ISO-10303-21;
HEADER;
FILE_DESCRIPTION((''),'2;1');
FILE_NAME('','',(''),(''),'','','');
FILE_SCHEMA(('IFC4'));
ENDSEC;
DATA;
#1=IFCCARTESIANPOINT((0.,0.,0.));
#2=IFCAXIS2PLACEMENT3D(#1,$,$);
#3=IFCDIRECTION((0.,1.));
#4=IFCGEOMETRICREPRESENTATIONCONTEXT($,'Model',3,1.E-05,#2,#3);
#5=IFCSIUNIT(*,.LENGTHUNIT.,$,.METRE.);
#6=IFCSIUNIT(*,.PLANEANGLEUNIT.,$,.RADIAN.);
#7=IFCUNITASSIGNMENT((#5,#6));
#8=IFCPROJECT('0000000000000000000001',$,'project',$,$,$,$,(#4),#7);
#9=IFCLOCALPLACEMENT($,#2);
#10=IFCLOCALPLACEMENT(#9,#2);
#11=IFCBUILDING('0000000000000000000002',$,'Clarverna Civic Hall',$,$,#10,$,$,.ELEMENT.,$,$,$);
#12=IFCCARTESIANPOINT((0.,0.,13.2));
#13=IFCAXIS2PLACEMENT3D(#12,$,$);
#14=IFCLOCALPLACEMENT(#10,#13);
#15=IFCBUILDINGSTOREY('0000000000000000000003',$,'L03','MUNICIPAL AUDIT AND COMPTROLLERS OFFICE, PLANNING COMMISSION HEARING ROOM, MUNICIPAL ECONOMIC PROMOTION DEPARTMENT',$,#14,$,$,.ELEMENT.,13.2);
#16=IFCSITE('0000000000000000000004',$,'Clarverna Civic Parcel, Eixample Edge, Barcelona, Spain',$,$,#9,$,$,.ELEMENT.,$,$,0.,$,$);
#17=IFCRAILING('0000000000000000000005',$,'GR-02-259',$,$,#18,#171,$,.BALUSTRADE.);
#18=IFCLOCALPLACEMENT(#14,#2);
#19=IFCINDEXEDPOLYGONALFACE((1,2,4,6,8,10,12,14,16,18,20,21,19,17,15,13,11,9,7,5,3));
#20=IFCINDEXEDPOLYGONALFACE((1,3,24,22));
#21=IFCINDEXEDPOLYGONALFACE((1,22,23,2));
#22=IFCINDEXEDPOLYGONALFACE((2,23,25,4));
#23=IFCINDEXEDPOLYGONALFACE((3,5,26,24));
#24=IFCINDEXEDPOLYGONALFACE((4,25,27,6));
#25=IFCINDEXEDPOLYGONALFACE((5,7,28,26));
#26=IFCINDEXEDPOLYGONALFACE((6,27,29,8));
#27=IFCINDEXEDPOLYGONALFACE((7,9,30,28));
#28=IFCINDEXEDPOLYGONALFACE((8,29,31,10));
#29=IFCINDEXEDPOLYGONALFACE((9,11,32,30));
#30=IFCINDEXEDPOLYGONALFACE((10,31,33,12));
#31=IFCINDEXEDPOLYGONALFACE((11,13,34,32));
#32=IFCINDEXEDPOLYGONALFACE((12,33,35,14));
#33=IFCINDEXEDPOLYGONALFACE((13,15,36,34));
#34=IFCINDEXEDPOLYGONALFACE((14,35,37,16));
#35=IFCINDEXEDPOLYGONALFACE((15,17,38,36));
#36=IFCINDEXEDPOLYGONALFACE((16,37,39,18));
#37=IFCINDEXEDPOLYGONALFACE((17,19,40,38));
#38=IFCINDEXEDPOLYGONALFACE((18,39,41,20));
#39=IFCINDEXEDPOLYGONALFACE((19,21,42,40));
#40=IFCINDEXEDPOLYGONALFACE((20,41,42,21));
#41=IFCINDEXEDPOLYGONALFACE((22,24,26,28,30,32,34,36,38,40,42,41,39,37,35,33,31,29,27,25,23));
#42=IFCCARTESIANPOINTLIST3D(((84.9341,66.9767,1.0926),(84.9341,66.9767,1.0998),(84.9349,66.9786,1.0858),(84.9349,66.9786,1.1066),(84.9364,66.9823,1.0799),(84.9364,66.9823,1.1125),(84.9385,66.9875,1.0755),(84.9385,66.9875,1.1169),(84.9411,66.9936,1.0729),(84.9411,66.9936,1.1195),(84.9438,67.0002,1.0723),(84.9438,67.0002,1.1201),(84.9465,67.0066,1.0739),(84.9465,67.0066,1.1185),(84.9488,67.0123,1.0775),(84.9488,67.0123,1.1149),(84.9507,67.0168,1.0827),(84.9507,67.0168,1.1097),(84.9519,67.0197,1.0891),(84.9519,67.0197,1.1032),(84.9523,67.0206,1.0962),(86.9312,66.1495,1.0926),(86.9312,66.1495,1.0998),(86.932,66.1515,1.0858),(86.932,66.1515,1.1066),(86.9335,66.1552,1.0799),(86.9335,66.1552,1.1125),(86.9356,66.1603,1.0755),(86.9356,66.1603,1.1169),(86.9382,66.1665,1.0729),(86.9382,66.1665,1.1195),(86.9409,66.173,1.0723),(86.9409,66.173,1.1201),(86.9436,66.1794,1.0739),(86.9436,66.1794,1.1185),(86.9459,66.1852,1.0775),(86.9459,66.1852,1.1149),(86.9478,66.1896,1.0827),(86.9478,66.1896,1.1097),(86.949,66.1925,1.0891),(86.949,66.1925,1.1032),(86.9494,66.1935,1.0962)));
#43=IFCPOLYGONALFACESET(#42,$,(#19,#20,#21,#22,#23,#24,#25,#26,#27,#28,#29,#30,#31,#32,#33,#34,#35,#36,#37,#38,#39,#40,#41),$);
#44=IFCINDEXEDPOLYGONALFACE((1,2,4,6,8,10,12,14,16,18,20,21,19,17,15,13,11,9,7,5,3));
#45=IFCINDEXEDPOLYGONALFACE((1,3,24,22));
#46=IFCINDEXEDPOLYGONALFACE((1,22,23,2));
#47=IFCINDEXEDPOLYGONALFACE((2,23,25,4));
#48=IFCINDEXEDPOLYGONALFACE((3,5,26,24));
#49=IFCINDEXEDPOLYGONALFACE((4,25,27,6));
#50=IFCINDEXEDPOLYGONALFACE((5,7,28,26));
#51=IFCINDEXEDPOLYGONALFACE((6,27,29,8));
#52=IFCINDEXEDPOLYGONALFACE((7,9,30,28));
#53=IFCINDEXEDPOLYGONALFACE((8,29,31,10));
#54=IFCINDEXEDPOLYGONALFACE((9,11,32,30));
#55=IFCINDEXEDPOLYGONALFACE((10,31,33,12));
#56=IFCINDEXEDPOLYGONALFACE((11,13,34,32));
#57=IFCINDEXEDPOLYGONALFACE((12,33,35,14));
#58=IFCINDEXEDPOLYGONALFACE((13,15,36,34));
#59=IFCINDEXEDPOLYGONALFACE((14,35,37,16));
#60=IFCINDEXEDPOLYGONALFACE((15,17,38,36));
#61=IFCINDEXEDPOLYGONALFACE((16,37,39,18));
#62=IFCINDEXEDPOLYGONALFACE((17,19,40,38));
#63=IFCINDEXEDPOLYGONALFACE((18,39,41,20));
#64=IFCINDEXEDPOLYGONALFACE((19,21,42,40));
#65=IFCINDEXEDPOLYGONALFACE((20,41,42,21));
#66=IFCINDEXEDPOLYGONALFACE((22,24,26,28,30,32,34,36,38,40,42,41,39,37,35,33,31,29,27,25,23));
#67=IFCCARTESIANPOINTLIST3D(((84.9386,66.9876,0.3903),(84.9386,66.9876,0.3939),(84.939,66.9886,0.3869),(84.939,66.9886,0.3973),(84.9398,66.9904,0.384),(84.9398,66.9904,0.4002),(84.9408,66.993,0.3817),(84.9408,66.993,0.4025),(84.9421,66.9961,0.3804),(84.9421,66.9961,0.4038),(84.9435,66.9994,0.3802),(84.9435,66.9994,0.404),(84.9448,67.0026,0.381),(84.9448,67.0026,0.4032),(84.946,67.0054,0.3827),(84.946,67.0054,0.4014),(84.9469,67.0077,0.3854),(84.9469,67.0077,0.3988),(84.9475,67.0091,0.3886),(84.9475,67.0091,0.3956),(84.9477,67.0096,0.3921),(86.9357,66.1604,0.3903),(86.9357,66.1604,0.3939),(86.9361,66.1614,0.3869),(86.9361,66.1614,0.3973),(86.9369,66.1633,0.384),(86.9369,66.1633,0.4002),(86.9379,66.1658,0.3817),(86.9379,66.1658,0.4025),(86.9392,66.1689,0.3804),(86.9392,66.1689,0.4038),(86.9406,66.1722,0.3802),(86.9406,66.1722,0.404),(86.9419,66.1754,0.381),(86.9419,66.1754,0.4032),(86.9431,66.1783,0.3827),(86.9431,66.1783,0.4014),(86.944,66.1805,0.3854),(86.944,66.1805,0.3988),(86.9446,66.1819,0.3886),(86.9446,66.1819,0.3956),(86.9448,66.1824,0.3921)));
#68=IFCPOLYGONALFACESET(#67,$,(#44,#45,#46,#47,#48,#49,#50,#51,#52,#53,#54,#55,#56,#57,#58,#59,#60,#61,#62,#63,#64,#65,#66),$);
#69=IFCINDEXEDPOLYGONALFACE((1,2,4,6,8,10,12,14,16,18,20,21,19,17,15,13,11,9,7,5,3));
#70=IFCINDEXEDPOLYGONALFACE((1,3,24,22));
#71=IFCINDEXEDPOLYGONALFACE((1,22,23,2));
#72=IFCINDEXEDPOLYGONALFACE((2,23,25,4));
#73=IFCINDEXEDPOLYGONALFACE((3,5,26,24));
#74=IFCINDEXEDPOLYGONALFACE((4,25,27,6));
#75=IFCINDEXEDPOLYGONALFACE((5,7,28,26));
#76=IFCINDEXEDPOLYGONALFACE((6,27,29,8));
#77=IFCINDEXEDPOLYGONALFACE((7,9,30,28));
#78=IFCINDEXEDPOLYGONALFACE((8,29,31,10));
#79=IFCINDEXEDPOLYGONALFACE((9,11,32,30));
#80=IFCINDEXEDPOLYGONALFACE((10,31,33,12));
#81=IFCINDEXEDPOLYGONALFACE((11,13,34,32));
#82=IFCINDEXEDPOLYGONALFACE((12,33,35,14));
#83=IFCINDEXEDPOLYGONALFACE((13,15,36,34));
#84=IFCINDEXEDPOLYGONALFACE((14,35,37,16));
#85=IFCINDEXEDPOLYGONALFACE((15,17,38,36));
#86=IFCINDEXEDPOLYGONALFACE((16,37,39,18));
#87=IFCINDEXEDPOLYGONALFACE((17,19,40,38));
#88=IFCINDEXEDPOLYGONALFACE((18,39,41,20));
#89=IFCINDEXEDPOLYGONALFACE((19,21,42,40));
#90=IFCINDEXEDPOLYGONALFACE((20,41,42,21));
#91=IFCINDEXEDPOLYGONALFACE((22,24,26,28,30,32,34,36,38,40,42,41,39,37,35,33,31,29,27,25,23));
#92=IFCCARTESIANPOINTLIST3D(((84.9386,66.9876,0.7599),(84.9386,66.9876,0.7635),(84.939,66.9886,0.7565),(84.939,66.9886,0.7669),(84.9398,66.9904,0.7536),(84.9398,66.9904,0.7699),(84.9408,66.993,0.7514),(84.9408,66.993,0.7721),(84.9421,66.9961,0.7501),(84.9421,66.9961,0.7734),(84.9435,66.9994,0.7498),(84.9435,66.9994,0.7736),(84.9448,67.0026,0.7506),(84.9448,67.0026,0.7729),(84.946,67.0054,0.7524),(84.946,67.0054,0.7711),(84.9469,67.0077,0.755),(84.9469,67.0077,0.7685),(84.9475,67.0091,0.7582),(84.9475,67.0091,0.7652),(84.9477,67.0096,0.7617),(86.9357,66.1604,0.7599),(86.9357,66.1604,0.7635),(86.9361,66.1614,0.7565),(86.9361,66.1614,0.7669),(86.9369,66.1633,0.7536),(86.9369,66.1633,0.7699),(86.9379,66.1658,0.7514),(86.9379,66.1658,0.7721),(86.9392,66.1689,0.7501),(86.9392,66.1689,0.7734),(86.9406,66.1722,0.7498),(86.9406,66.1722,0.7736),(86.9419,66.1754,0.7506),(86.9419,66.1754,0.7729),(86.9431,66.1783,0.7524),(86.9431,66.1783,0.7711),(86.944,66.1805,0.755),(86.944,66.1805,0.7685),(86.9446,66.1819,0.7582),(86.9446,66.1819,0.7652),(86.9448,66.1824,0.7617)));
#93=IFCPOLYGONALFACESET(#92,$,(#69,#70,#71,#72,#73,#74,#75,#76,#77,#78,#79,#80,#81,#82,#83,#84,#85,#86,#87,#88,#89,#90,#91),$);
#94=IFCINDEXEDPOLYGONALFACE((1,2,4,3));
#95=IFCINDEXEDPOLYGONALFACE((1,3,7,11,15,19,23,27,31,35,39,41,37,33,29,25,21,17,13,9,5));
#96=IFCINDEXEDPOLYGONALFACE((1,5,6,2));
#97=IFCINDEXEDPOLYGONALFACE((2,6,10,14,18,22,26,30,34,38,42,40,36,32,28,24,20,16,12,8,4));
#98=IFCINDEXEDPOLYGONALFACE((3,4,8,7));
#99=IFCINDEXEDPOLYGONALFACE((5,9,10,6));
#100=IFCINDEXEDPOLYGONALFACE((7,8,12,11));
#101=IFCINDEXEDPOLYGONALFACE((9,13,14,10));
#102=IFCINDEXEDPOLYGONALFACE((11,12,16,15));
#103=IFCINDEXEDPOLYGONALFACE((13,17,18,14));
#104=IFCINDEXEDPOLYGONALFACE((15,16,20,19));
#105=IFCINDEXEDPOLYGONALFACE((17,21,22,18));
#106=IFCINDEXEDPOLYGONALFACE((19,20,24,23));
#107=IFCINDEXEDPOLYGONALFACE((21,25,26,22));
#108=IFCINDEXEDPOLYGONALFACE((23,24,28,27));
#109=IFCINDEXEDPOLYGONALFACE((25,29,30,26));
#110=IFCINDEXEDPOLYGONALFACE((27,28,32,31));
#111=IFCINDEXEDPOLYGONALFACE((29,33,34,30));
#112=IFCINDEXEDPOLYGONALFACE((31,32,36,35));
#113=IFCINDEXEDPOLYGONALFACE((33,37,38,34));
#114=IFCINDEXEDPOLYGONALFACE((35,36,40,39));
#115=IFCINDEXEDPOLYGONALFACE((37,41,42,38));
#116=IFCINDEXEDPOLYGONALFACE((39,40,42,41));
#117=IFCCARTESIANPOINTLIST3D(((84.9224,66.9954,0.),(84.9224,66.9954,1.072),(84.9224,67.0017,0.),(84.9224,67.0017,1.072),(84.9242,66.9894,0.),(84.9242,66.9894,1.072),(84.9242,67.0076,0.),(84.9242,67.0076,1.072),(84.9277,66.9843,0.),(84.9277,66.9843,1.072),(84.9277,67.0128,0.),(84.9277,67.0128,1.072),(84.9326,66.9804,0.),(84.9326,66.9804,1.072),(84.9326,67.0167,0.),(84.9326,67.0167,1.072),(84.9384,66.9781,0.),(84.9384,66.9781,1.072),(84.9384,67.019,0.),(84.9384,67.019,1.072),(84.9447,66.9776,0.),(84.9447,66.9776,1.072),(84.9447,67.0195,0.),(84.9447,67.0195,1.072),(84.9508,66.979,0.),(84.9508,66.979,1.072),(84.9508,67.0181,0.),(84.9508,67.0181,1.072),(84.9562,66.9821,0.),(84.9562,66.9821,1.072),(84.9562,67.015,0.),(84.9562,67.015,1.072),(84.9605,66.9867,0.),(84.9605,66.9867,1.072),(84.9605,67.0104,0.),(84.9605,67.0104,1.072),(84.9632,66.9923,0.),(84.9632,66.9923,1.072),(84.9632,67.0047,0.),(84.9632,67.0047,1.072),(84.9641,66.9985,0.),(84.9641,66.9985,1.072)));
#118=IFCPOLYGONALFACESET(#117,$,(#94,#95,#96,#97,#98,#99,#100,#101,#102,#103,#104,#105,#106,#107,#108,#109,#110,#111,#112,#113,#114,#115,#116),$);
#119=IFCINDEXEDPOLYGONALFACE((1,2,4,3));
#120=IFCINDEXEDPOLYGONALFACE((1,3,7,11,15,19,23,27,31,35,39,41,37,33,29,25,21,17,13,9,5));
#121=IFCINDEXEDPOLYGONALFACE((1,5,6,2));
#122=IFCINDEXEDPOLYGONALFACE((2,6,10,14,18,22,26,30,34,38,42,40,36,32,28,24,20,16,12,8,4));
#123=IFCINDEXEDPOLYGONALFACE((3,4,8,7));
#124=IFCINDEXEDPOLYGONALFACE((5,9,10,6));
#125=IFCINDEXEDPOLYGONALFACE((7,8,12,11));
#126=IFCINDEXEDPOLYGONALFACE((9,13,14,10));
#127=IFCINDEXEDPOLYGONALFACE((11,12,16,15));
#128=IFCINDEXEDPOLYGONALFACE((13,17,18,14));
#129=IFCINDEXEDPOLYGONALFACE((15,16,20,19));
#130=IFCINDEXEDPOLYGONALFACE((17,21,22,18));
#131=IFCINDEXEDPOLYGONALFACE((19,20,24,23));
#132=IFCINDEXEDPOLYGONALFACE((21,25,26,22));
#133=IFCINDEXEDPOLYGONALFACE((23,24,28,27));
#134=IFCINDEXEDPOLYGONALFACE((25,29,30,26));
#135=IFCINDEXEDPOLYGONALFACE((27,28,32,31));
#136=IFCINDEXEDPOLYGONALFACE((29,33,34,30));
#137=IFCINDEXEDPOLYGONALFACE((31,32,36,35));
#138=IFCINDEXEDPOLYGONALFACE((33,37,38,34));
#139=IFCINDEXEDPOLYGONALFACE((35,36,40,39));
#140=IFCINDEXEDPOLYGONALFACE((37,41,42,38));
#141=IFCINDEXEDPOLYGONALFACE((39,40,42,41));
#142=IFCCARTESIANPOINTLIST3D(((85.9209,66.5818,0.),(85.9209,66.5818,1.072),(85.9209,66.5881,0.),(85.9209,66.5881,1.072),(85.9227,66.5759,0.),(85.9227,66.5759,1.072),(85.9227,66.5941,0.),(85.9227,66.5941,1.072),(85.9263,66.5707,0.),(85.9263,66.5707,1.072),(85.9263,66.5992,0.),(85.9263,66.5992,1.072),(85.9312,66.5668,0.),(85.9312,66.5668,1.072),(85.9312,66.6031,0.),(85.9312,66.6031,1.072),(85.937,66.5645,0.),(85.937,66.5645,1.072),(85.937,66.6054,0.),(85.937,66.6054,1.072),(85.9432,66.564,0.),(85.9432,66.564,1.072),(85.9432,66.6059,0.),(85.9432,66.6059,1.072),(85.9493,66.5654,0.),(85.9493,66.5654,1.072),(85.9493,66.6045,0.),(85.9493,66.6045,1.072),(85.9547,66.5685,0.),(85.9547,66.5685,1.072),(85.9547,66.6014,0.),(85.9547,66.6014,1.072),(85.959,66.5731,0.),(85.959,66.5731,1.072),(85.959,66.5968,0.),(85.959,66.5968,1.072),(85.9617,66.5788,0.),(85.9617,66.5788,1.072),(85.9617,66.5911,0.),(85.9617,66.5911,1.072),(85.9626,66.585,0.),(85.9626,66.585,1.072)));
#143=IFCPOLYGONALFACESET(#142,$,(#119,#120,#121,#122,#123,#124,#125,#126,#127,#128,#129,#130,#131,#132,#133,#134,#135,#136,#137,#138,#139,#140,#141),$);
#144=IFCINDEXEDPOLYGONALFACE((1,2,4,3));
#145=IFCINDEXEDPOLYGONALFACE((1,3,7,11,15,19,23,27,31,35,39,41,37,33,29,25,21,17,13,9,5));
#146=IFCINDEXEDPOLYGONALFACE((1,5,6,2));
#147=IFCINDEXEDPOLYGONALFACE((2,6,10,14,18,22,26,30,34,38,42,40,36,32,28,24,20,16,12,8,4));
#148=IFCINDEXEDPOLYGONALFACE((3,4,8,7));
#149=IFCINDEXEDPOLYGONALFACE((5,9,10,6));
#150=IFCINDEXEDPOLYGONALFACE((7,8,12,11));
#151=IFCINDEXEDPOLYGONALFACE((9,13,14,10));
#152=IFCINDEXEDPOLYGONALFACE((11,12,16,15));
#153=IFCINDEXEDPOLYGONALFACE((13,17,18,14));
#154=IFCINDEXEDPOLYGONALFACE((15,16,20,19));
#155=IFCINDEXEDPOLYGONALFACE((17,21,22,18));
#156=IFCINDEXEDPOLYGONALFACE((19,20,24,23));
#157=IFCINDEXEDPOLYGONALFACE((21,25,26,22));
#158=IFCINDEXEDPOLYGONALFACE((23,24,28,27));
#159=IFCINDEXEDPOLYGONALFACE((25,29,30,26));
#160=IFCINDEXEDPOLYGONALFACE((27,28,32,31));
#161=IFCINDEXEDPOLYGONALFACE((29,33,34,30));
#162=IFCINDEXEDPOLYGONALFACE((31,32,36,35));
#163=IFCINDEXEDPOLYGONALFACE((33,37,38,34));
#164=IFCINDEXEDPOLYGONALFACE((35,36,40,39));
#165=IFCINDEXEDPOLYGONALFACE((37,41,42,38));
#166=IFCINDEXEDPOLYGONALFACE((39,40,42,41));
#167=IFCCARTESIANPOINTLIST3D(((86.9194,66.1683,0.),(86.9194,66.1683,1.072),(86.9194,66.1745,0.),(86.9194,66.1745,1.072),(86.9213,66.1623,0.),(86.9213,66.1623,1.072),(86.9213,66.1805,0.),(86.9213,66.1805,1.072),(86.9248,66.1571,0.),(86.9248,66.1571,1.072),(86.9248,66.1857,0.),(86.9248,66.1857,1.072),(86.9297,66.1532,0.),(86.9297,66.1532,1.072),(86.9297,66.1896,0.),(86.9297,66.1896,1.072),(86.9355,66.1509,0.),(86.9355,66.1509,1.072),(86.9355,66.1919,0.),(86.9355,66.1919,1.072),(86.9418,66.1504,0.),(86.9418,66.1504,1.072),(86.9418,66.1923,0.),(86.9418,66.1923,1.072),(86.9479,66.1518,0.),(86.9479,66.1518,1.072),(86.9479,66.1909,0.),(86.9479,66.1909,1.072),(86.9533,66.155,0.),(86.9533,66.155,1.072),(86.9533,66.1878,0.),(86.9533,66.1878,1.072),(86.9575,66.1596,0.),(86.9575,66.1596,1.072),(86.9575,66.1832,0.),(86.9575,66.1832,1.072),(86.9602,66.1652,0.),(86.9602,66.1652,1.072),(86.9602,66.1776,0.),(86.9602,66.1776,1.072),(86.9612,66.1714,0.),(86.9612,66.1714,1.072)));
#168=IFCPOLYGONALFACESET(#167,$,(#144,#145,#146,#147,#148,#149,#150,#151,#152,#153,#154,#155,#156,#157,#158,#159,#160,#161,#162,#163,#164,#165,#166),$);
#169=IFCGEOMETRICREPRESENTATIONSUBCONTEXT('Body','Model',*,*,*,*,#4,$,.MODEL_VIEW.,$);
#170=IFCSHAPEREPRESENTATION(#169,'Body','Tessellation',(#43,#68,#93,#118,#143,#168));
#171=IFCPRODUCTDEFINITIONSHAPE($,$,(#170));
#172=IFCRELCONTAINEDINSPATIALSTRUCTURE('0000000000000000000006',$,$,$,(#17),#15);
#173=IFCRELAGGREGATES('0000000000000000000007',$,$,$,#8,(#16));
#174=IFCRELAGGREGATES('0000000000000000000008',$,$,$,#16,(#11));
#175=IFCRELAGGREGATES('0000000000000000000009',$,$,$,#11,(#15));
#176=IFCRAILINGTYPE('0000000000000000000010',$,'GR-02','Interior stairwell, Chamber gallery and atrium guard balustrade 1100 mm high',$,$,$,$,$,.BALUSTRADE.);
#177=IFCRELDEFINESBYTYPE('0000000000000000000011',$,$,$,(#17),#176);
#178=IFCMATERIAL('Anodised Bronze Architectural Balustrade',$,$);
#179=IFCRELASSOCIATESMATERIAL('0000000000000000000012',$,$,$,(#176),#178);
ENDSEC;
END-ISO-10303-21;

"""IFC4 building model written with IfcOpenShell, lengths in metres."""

from ifc_helpers import new_model, si_unit, direction, frame, origin, origin_2d, place, context, subcontext, project, spatial, circle, extrude, material, type_object, element, save


model = new_model("IFC4")

# Units and contexts
model_context = context("Model", 3, precision=1e-05, world=origin(), true_north=direction((0.0, 1.0)))
body_context = subcontext(model_context, "Body", "Model", "MODEL_VIEW")
ifc_project = project(units=[si_unit("LENGTHUNIT", "METRE"), si_unit("PLANEANGLEUNIT", "RADIAN")], contexts=[model_context])

# Site, building, storey
site_placement = place(None, origin())
site = spatial("IfcSite", under=ifc_project, at=site_placement, Name="Clarverna Civic Parcel, Eixample Edge, Barcelona, Spain", CompositionType="ELEMENT", RefElevation=0.0)
building_placement = place(site_placement, origin())
building = spatial("IfcBuilding", under=site, at=building_placement, Name="Clarverna Civic Hall", CompositionType="ELEMENT")
storey_placement = place(building_placement, frame((0.0, 0.0, 13.2)))
storey = spatial("IfcBuildingStorey", under=building, at=storey_placement, Name="L03", Description="MUNICIPAL AUDIT AND COMPTROLLERS OFFICE, PLANNING COMMISSION HEARING ROOM, MUNICIPAL ECONOMIC PROMOTION DEPARTMENT", CompositionType="ELEMENT", Elevation=13.2)

# Railing
ifc_material_1 = material(Name="Anodised Bronze Architectural Balustrade")
railing_type_1 = type_object("IfcRailingType", Name="GR-02", Description="Interior stairwell, Chamber gallery and atrium guard balustrade 1100 mm high", PredefinedType="BALUSTRADE", material=ifc_material_1)
railing_1_placement = place(storey_placement, frame((84.9431, 66.9985, 0.0)))
element("IfcRailing", 1, at=railing_1_placement, inside=storey, type_object=railing_type_1, Name="GR-02-259", PredefinedType="BALUSTRADE", context=body_context, shape_type="SweptSolid", body=[
    extrude(circle(Radius=0.0239, at=origin_2d()), frame((0.0, 0.0, 1.0962), z_axis=(0.92389, -0.382658, 0.0), x_axis=(0.382658, 0.92389, 0.0)), (0.0, 0.0, 1.0), 2.1616),
    extrude(circle(Radius=0.012, at=origin_2d()), frame((0.0, 0.0, 0.3921), z_axis=(0.92389, -0.382658, 0.0), x_axis=(0.382658, 0.92389, 0.0)), (0.0, 0.0, 1.0), 2.1616),
    extrude(circle(Radius=0.012, at=origin_2d()), frame((0.0, 0.0, 0.7617), z_axis=(0.92389, -0.382658, 0.0), x_axis=(0.382658, 0.92389, 0.0)), (0.0, 0.0, 1.0), 2.1616),
    extrude(circle(Radius=0.021, at=origin_2d()), origin(), (0.0, 0.0, 1.0), 1.072),
    extrude(circle(Radius=0.021, at=origin_2d()), frame((0.9985, -0.4136, 0.0)), (0.0, 0.0, 1.0), 1.072),
    extrude(circle(Radius=0.021, at=origin_2d()), frame((1.9971, -0.8271, 0.0)), (0.0, 0.0, 1.0), 1.072),
])

save(model, "model.ifc")
